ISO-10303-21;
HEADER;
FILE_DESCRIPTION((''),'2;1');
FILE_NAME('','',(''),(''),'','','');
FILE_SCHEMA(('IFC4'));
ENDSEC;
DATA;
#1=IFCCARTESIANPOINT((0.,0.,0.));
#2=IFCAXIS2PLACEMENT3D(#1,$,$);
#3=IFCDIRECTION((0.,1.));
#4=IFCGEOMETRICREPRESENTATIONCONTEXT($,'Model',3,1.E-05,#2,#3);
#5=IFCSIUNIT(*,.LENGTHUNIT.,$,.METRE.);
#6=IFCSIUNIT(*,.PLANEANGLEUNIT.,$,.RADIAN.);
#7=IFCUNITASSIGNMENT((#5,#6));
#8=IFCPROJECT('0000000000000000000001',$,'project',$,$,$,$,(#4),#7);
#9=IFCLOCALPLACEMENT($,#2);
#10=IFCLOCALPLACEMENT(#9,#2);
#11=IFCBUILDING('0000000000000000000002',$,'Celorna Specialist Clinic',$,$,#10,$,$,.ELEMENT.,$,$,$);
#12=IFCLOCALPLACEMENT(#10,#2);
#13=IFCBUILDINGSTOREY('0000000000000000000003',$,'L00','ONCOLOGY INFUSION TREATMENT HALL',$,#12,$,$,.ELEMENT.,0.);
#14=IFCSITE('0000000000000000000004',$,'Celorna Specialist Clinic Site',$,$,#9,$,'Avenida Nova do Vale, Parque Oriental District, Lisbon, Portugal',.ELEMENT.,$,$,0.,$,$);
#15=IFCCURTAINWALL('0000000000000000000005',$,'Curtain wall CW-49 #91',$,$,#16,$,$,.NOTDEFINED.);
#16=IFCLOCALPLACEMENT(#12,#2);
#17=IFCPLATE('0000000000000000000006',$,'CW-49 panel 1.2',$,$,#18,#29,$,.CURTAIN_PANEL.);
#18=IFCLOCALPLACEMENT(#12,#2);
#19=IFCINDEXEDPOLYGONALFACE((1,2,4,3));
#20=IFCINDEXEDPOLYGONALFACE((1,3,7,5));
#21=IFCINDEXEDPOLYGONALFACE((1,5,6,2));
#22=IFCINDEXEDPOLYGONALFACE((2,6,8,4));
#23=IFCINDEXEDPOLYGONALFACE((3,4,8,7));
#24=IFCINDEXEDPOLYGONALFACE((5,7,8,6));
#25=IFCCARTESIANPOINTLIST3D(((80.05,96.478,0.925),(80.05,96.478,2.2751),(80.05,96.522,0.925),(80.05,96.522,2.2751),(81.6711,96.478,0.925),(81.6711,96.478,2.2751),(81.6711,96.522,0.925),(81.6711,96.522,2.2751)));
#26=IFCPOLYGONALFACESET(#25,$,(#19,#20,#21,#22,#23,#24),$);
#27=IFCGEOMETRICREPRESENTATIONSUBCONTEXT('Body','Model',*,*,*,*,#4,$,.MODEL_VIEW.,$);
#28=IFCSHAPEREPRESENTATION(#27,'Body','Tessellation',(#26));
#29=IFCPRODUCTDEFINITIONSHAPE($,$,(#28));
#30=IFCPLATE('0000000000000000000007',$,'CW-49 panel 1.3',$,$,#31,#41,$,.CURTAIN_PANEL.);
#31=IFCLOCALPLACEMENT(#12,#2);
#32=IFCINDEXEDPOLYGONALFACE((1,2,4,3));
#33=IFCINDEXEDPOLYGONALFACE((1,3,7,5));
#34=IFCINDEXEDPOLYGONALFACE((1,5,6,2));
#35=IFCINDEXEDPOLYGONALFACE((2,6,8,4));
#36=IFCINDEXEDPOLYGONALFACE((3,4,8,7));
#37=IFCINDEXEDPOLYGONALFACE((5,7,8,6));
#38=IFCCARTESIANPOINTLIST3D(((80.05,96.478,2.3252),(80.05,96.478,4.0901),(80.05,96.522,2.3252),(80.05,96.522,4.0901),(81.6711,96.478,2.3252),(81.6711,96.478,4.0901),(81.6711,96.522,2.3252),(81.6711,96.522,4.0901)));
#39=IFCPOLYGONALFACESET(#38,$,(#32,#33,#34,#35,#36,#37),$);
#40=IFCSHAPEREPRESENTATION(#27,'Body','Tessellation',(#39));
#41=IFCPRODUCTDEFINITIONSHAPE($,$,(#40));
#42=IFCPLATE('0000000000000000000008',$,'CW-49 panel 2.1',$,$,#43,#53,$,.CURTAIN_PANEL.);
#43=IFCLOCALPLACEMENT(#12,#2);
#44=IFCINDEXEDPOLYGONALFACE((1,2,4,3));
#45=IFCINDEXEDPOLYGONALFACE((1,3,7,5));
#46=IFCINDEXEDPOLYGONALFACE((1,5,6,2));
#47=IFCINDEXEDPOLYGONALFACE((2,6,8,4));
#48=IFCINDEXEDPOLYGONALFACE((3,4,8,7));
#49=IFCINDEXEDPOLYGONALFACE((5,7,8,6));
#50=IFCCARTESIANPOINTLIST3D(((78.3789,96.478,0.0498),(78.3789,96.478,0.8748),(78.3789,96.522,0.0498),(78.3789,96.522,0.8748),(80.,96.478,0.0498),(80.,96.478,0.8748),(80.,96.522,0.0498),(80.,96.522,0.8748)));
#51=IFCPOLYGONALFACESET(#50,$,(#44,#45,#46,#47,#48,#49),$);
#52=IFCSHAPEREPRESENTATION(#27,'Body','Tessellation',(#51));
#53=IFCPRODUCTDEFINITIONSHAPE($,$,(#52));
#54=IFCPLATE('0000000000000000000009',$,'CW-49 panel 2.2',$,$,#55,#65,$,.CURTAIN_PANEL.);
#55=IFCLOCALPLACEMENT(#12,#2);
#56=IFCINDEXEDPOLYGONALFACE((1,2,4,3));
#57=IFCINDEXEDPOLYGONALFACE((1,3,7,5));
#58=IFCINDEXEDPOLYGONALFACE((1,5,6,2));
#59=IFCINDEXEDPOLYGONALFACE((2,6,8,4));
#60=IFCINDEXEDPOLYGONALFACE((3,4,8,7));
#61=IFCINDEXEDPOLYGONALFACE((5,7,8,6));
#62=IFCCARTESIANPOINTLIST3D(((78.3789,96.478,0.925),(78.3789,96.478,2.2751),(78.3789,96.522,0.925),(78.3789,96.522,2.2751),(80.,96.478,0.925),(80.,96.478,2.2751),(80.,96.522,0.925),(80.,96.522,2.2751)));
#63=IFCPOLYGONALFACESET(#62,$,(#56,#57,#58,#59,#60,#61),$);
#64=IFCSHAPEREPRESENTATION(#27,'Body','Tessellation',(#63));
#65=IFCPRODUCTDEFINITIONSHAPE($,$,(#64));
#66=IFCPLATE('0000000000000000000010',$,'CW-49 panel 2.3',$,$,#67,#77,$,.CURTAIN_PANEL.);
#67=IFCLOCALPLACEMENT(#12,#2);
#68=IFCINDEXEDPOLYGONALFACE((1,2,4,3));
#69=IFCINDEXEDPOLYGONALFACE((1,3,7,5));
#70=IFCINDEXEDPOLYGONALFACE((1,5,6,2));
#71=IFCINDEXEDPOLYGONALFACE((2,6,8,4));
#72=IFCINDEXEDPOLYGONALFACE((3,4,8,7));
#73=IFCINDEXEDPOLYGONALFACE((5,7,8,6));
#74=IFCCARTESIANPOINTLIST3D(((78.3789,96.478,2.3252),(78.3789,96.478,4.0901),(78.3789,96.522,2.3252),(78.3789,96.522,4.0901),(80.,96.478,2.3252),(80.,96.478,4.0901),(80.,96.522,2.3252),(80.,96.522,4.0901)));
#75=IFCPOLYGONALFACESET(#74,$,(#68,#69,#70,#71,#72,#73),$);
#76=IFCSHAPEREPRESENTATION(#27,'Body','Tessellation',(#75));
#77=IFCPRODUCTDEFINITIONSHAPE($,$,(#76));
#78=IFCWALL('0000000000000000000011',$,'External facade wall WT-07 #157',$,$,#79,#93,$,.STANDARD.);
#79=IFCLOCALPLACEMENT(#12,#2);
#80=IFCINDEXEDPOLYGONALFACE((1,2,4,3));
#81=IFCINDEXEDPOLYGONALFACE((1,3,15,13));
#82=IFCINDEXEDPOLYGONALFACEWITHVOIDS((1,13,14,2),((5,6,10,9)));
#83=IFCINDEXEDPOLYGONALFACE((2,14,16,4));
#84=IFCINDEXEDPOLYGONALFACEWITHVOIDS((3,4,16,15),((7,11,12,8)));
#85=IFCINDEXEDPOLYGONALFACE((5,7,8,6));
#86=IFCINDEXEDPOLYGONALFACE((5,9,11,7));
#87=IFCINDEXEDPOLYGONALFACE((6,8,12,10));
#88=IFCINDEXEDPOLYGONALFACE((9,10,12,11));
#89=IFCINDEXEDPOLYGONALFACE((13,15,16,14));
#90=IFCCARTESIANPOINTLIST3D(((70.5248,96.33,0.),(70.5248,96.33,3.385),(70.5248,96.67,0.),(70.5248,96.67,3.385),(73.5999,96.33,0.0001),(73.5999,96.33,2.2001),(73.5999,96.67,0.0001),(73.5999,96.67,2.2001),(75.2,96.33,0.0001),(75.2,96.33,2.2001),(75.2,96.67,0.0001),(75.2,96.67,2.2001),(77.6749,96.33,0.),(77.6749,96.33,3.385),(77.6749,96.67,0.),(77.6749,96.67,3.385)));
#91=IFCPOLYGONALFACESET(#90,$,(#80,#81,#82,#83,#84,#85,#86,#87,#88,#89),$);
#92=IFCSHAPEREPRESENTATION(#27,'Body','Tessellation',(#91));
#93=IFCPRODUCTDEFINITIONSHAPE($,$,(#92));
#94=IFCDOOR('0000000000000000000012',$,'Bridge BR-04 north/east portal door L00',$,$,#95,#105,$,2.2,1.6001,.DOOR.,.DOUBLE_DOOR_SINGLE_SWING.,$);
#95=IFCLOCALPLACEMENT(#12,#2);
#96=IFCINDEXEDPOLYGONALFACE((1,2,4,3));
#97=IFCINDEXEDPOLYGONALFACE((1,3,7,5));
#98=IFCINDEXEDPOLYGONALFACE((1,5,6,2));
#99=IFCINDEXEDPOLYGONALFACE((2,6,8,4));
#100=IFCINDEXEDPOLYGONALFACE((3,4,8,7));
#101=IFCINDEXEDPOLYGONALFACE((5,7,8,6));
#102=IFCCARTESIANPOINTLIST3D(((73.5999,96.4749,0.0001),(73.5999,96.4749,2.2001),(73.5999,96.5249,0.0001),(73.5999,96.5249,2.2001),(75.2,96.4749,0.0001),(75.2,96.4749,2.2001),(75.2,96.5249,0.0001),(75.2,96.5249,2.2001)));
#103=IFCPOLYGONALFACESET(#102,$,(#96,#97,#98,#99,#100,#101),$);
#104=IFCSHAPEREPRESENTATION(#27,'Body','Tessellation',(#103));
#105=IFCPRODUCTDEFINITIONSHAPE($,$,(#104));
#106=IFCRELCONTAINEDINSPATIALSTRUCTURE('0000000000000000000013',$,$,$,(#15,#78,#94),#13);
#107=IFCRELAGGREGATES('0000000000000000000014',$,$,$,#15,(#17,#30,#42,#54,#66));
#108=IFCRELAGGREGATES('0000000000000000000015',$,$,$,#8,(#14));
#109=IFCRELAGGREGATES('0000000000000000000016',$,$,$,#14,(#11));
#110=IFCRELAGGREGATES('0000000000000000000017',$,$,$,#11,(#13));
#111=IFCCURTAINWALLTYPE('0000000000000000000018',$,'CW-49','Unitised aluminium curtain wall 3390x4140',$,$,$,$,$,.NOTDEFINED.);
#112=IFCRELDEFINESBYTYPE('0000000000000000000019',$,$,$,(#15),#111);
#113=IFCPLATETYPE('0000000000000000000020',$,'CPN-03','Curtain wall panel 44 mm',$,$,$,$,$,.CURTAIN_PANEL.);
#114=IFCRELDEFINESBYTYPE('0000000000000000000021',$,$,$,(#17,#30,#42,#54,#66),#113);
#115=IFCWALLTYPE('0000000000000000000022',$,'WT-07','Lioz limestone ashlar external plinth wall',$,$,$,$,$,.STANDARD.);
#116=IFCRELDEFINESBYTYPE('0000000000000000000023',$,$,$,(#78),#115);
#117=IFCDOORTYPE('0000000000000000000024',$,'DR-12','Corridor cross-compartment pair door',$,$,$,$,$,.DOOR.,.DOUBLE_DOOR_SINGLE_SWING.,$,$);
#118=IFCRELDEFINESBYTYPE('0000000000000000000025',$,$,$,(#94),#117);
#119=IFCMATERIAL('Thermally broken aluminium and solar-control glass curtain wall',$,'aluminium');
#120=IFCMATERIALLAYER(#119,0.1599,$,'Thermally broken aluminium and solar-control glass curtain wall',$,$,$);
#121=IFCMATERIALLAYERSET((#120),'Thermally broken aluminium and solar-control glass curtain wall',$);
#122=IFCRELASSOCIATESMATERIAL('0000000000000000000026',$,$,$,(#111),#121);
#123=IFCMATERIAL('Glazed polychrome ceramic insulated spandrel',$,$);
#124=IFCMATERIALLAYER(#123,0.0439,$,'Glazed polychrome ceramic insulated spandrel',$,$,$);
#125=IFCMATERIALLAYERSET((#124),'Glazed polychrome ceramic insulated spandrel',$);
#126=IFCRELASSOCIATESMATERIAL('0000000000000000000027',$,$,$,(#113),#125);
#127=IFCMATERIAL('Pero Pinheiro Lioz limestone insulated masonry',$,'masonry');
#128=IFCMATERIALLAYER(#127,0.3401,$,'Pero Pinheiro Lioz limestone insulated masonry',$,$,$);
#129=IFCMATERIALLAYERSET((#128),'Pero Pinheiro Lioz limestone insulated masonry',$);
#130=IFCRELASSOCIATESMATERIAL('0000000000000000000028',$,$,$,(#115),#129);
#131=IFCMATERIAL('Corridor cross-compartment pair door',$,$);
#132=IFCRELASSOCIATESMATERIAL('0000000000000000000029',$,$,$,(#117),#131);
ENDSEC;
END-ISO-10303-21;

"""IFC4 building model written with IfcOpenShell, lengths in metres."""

from ifc_helpers import new_model, si_unit, direction, frame, frame_2d, origin, origin_2d, place, context, subcontext, project, spatial, rectangle, extrude, material, layer, layer_set, type_object, element, fill, aggregate, save


model = new_model("IFC4")

# Units and contexts
model_context = context("Model", 3, precision=1e-05, world=origin(), true_north=direction((0.0, 1.0)))
body_context = subcontext(model_context, "Body", "Model", "MODEL_VIEW")
ifc_project = project(units=[si_unit("LENGTHUNIT", "METRE"), si_unit("PLANEANGLEUNIT", "RADIAN")], contexts=[model_context])

# Site, building, storey
site_placement = place(None, origin())
site = spatial("IfcSite", under=ifc_project, at=site_placement, Name="Celorna Specialist Clinic Site", LongName="Avenida Nova do Vale, Parque Oriental District, Lisbon, Portugal", CompositionType="ELEMENT", RefElevation=0.0)
building_placement = place(site_placement, origin())
building = spatial("IfcBuilding", under=site, at=building_placement, Name="Celorna Specialist Clinic", CompositionType="ELEMENT")
storey_placement = place(building_placement, origin())
storey = spatial("IfcBuildingStorey", under=building, at=storey_placement, Name="L00", Description="ONCOLOGY INFUSION TREATMENT HALL", CompositionType="ELEMENT", Elevation=0.0)

# Curtain wall
ifc_material_1 = material(Name="Thermally broken aluminium and solar-control glass curtain wall", Category="aluminium")
ifc_layer_1 = layer(ifc_material_1, 0.1599, Name="Thermally broken aluminium and solar-control glass curtain wall")
ifc_layer_set_1 = layer_set([ifc_layer_1], Name="Thermally broken aluminium and solar-control glass curtain wall")
curtain_wall_type = type_object("IfcCurtainWallType", Name="CW-49", Description="Unitised aluminium curtain wall 3390x4140", PredefinedType="NOTDEFINED", material=ifc_layer_set_1)
curtain_wall_1_placement = place(storey_placement, origin())
curtain_wall_1 = element("IfcCurtainWall", 1, at=curtain_wall_1_placement, inside=storey, type_object=curtain_wall_type, Name="Curtain wall CW-49 #91", PredefinedType="NOTDEFINED")

# Plates
ifc_material_2 = material(Name="Glazed polychrome ceramic insulated spandrel")
ifc_layer_2 = layer(ifc_material_2, 0.0439, Name="Glazed polychrome ceramic insulated spandrel")
ifc_layer_set_2 = layer_set([ifc_layer_2], Name="Glazed polychrome ceramic insulated spandrel")
plate_type = type_object("IfcPlateType", Name="CPN-03", Description="Curtain wall panel 44 mm", PredefinedType="CURTAIN_PANEL", material=ifc_layer_set_2)
plate_1_placement = place(storey_placement, frame((80.8606, 96.5, 0.925), z_axis=(0.0, 0.0, 1.0), x_axis=(-1.0, 0.0, 0.0)))
plate_1 = element("IfcPlate", 2, at=plate_1_placement, type_object=plate_type, Name="CW-49 panel 1.2", PredefinedType="CURTAIN_PANEL", context=body_context, shape_type="SweptSolid", body=[
    extrude(rectangle(XDim=1.6211, YDim=0.0439, at=origin_2d()), origin(), (0.0, 0.0, 1.0), 1.3501),
])
plate_2_placement = place(storey_placement, frame((80.8606, 96.5, 2.3252), z_axis=(0.0, 0.0, 1.0), x_axis=(-1.0, 0.0, 0.0)))
plate_2 = element("IfcPlate", 3, at=plate_2_placement, type_object=plate_type, Name="CW-49 panel 1.3", PredefinedType="CURTAIN_PANEL", context=body_context, shape_type="SweptSolid", body=[
    extrude(rectangle(XDim=1.6211, YDim=0.0439, at=origin_2d()), origin(), (0.0, 0.0, 1.0), 1.7649),
])
plate_3_placement = place(storey_placement, frame((79.1895, 96.5, 0.0498), z_axis=(0.0, 0.0, 1.0), x_axis=(-1.0, 0.0, 0.0)))
plate_3 = element("IfcPlate", 4, at=plate_3_placement, type_object=plate_type, Name="CW-49 panel 2.1", PredefinedType="CURTAIN_PANEL", context=body_context, shape_type="SweptSolid", body=[
    extrude(rectangle(XDim=1.6211, YDim=0.0439, at=origin_2d()), origin(), (0.0, 0.0, 1.0), 0.825),
])
plate_4_placement = place(storey_placement, frame((79.1895, 96.5, 0.925), z_axis=(0.0, 0.0, 1.0), x_axis=(-1.0, 0.0, 0.0)))
plate_4 = element("IfcPlate", 5, at=plate_4_placement, type_object=plate_type, Name="CW-49 panel 2.2", PredefinedType="CURTAIN_PANEL", context=body_context, shape_type="SweptSolid", body=[
    extrude(rectangle(XDim=1.6211, YDim=0.0439, at=origin_2d()), origin(), (0.0, 0.0, 1.0), 1.3501),
])
plate_5_placement = place(storey_placement, frame((79.1895, 96.5, 2.3252), z_axis=(0.0, 0.0, 1.0), x_axis=(-1.0, 0.0, 0.0)))
plate_5 = element("IfcPlate", 6, at=plate_5_placement, type_object=plate_type, Name="CW-49 panel 2.3", PredefinedType="CURTAIN_PANEL", context=body_context, shape_type="SweptSolid", body=[
    extrude(rectangle(XDim=1.6211, YDim=0.0439, at=origin_2d()), origin(), (0.0, 0.0, 1.0), 1.7649),
])
aggregate(curtain_wall_1, [plate_1, plate_2, plate_3, plate_4, plate_5])

# Wall, opening, door
ifc_material_3 = material(Name="Pero Pinheiro Lioz limestone insulated masonry", Category="masonry")
ifc_layer_3 = layer(ifc_material_3, 0.3401, Name="Pero Pinheiro Lioz limestone insulated masonry")
ifc_layer_set_3 = layer_set([ifc_layer_3], Name="Pero Pinheiro Lioz limestone insulated masonry")
wall_type = type_object("IfcWallType", Name="WT-07", Description="Lioz limestone ashlar external plinth wall", PredefinedType="STANDARD", material=ifc_layer_set_3)
wall_placement = place(storey_placement, frame((77.675, 96.5, 0.0), z_axis=(0.0, 0.0, 1.0), x_axis=(-1.0, 0.0, 0.0)))
wall = element("IfcWall", 7, at=wall_placement, inside=storey, type_object=wall_type, Name="External facade wall WT-07 #157", PredefinedType="STANDARD", context=body_context, shape_type="SweptSolid", body=[
    extrude(rectangle(XDim=7.1501, YDim=0.3401, at=frame_2d((3.5752, 0.0))), origin(), (0.0, 0.0, 1.0), 3.385),
])
opening_placement = place(wall_placement, frame((2.4751, 0.0, 0.0)))
opening = element("IfcOpeningElement", 8, at=opening_placement, cuts=wall, PredefinedType="OPENING", context=body_context, shape_type="SweptSolid", body=[
    extrude(rectangle(XDim=1.6001, YDim=2.2, at=frame_2d((0.8, 1.1001))), frame((0.0, 0.1799, 0.0), z_axis=(0.0, -1.0, 0.0), x_axis=(1.0, 0.0, 0.0)), (0.0, 0.0, 1.0), 0.3601),
])
ifc_material_4 = material(Name="Corridor cross-compartment pair door")
door_type = type_object("IfcDoorType", Name="DR-12", Description="Corridor cross-compartment pair door", OperationType="DOUBLE_DOOR_SINGLE_SWING", PredefinedType="DOOR", material=ifc_material_4)
door_placement = place(opening_placement, frame((1.6001, 0.0, 0.0), z_axis=(0.0, 0.0, 1.0), x_axis=(-1.0, 0.0, 0.0)))
door = element("IfcDoor", 9, at=door_placement, inside=storey, type_object=door_type, Name="Bridge BR-04 north/east portal door L00", OperationType="DOUBLE_DOOR_SINGLE_SWING", OverallHeight=2.2, OverallWidth=1.6001, PredefinedType="DOOR", context=body_context, shape_type="SweptSolid", body=[
    extrude(rectangle(XDim=1.6001, YDim=2.2, at=frame_2d((0.8, 1.1001))), frame((0.0, 0.0249, 0.0), z_axis=(0.0, -1.0, 0.0), x_axis=(1.0, 0.0, 0.0)), (0.0, 0.0, 1.0), 0.05),
])
fill(opening, door)

save(model, "model.ifc")
